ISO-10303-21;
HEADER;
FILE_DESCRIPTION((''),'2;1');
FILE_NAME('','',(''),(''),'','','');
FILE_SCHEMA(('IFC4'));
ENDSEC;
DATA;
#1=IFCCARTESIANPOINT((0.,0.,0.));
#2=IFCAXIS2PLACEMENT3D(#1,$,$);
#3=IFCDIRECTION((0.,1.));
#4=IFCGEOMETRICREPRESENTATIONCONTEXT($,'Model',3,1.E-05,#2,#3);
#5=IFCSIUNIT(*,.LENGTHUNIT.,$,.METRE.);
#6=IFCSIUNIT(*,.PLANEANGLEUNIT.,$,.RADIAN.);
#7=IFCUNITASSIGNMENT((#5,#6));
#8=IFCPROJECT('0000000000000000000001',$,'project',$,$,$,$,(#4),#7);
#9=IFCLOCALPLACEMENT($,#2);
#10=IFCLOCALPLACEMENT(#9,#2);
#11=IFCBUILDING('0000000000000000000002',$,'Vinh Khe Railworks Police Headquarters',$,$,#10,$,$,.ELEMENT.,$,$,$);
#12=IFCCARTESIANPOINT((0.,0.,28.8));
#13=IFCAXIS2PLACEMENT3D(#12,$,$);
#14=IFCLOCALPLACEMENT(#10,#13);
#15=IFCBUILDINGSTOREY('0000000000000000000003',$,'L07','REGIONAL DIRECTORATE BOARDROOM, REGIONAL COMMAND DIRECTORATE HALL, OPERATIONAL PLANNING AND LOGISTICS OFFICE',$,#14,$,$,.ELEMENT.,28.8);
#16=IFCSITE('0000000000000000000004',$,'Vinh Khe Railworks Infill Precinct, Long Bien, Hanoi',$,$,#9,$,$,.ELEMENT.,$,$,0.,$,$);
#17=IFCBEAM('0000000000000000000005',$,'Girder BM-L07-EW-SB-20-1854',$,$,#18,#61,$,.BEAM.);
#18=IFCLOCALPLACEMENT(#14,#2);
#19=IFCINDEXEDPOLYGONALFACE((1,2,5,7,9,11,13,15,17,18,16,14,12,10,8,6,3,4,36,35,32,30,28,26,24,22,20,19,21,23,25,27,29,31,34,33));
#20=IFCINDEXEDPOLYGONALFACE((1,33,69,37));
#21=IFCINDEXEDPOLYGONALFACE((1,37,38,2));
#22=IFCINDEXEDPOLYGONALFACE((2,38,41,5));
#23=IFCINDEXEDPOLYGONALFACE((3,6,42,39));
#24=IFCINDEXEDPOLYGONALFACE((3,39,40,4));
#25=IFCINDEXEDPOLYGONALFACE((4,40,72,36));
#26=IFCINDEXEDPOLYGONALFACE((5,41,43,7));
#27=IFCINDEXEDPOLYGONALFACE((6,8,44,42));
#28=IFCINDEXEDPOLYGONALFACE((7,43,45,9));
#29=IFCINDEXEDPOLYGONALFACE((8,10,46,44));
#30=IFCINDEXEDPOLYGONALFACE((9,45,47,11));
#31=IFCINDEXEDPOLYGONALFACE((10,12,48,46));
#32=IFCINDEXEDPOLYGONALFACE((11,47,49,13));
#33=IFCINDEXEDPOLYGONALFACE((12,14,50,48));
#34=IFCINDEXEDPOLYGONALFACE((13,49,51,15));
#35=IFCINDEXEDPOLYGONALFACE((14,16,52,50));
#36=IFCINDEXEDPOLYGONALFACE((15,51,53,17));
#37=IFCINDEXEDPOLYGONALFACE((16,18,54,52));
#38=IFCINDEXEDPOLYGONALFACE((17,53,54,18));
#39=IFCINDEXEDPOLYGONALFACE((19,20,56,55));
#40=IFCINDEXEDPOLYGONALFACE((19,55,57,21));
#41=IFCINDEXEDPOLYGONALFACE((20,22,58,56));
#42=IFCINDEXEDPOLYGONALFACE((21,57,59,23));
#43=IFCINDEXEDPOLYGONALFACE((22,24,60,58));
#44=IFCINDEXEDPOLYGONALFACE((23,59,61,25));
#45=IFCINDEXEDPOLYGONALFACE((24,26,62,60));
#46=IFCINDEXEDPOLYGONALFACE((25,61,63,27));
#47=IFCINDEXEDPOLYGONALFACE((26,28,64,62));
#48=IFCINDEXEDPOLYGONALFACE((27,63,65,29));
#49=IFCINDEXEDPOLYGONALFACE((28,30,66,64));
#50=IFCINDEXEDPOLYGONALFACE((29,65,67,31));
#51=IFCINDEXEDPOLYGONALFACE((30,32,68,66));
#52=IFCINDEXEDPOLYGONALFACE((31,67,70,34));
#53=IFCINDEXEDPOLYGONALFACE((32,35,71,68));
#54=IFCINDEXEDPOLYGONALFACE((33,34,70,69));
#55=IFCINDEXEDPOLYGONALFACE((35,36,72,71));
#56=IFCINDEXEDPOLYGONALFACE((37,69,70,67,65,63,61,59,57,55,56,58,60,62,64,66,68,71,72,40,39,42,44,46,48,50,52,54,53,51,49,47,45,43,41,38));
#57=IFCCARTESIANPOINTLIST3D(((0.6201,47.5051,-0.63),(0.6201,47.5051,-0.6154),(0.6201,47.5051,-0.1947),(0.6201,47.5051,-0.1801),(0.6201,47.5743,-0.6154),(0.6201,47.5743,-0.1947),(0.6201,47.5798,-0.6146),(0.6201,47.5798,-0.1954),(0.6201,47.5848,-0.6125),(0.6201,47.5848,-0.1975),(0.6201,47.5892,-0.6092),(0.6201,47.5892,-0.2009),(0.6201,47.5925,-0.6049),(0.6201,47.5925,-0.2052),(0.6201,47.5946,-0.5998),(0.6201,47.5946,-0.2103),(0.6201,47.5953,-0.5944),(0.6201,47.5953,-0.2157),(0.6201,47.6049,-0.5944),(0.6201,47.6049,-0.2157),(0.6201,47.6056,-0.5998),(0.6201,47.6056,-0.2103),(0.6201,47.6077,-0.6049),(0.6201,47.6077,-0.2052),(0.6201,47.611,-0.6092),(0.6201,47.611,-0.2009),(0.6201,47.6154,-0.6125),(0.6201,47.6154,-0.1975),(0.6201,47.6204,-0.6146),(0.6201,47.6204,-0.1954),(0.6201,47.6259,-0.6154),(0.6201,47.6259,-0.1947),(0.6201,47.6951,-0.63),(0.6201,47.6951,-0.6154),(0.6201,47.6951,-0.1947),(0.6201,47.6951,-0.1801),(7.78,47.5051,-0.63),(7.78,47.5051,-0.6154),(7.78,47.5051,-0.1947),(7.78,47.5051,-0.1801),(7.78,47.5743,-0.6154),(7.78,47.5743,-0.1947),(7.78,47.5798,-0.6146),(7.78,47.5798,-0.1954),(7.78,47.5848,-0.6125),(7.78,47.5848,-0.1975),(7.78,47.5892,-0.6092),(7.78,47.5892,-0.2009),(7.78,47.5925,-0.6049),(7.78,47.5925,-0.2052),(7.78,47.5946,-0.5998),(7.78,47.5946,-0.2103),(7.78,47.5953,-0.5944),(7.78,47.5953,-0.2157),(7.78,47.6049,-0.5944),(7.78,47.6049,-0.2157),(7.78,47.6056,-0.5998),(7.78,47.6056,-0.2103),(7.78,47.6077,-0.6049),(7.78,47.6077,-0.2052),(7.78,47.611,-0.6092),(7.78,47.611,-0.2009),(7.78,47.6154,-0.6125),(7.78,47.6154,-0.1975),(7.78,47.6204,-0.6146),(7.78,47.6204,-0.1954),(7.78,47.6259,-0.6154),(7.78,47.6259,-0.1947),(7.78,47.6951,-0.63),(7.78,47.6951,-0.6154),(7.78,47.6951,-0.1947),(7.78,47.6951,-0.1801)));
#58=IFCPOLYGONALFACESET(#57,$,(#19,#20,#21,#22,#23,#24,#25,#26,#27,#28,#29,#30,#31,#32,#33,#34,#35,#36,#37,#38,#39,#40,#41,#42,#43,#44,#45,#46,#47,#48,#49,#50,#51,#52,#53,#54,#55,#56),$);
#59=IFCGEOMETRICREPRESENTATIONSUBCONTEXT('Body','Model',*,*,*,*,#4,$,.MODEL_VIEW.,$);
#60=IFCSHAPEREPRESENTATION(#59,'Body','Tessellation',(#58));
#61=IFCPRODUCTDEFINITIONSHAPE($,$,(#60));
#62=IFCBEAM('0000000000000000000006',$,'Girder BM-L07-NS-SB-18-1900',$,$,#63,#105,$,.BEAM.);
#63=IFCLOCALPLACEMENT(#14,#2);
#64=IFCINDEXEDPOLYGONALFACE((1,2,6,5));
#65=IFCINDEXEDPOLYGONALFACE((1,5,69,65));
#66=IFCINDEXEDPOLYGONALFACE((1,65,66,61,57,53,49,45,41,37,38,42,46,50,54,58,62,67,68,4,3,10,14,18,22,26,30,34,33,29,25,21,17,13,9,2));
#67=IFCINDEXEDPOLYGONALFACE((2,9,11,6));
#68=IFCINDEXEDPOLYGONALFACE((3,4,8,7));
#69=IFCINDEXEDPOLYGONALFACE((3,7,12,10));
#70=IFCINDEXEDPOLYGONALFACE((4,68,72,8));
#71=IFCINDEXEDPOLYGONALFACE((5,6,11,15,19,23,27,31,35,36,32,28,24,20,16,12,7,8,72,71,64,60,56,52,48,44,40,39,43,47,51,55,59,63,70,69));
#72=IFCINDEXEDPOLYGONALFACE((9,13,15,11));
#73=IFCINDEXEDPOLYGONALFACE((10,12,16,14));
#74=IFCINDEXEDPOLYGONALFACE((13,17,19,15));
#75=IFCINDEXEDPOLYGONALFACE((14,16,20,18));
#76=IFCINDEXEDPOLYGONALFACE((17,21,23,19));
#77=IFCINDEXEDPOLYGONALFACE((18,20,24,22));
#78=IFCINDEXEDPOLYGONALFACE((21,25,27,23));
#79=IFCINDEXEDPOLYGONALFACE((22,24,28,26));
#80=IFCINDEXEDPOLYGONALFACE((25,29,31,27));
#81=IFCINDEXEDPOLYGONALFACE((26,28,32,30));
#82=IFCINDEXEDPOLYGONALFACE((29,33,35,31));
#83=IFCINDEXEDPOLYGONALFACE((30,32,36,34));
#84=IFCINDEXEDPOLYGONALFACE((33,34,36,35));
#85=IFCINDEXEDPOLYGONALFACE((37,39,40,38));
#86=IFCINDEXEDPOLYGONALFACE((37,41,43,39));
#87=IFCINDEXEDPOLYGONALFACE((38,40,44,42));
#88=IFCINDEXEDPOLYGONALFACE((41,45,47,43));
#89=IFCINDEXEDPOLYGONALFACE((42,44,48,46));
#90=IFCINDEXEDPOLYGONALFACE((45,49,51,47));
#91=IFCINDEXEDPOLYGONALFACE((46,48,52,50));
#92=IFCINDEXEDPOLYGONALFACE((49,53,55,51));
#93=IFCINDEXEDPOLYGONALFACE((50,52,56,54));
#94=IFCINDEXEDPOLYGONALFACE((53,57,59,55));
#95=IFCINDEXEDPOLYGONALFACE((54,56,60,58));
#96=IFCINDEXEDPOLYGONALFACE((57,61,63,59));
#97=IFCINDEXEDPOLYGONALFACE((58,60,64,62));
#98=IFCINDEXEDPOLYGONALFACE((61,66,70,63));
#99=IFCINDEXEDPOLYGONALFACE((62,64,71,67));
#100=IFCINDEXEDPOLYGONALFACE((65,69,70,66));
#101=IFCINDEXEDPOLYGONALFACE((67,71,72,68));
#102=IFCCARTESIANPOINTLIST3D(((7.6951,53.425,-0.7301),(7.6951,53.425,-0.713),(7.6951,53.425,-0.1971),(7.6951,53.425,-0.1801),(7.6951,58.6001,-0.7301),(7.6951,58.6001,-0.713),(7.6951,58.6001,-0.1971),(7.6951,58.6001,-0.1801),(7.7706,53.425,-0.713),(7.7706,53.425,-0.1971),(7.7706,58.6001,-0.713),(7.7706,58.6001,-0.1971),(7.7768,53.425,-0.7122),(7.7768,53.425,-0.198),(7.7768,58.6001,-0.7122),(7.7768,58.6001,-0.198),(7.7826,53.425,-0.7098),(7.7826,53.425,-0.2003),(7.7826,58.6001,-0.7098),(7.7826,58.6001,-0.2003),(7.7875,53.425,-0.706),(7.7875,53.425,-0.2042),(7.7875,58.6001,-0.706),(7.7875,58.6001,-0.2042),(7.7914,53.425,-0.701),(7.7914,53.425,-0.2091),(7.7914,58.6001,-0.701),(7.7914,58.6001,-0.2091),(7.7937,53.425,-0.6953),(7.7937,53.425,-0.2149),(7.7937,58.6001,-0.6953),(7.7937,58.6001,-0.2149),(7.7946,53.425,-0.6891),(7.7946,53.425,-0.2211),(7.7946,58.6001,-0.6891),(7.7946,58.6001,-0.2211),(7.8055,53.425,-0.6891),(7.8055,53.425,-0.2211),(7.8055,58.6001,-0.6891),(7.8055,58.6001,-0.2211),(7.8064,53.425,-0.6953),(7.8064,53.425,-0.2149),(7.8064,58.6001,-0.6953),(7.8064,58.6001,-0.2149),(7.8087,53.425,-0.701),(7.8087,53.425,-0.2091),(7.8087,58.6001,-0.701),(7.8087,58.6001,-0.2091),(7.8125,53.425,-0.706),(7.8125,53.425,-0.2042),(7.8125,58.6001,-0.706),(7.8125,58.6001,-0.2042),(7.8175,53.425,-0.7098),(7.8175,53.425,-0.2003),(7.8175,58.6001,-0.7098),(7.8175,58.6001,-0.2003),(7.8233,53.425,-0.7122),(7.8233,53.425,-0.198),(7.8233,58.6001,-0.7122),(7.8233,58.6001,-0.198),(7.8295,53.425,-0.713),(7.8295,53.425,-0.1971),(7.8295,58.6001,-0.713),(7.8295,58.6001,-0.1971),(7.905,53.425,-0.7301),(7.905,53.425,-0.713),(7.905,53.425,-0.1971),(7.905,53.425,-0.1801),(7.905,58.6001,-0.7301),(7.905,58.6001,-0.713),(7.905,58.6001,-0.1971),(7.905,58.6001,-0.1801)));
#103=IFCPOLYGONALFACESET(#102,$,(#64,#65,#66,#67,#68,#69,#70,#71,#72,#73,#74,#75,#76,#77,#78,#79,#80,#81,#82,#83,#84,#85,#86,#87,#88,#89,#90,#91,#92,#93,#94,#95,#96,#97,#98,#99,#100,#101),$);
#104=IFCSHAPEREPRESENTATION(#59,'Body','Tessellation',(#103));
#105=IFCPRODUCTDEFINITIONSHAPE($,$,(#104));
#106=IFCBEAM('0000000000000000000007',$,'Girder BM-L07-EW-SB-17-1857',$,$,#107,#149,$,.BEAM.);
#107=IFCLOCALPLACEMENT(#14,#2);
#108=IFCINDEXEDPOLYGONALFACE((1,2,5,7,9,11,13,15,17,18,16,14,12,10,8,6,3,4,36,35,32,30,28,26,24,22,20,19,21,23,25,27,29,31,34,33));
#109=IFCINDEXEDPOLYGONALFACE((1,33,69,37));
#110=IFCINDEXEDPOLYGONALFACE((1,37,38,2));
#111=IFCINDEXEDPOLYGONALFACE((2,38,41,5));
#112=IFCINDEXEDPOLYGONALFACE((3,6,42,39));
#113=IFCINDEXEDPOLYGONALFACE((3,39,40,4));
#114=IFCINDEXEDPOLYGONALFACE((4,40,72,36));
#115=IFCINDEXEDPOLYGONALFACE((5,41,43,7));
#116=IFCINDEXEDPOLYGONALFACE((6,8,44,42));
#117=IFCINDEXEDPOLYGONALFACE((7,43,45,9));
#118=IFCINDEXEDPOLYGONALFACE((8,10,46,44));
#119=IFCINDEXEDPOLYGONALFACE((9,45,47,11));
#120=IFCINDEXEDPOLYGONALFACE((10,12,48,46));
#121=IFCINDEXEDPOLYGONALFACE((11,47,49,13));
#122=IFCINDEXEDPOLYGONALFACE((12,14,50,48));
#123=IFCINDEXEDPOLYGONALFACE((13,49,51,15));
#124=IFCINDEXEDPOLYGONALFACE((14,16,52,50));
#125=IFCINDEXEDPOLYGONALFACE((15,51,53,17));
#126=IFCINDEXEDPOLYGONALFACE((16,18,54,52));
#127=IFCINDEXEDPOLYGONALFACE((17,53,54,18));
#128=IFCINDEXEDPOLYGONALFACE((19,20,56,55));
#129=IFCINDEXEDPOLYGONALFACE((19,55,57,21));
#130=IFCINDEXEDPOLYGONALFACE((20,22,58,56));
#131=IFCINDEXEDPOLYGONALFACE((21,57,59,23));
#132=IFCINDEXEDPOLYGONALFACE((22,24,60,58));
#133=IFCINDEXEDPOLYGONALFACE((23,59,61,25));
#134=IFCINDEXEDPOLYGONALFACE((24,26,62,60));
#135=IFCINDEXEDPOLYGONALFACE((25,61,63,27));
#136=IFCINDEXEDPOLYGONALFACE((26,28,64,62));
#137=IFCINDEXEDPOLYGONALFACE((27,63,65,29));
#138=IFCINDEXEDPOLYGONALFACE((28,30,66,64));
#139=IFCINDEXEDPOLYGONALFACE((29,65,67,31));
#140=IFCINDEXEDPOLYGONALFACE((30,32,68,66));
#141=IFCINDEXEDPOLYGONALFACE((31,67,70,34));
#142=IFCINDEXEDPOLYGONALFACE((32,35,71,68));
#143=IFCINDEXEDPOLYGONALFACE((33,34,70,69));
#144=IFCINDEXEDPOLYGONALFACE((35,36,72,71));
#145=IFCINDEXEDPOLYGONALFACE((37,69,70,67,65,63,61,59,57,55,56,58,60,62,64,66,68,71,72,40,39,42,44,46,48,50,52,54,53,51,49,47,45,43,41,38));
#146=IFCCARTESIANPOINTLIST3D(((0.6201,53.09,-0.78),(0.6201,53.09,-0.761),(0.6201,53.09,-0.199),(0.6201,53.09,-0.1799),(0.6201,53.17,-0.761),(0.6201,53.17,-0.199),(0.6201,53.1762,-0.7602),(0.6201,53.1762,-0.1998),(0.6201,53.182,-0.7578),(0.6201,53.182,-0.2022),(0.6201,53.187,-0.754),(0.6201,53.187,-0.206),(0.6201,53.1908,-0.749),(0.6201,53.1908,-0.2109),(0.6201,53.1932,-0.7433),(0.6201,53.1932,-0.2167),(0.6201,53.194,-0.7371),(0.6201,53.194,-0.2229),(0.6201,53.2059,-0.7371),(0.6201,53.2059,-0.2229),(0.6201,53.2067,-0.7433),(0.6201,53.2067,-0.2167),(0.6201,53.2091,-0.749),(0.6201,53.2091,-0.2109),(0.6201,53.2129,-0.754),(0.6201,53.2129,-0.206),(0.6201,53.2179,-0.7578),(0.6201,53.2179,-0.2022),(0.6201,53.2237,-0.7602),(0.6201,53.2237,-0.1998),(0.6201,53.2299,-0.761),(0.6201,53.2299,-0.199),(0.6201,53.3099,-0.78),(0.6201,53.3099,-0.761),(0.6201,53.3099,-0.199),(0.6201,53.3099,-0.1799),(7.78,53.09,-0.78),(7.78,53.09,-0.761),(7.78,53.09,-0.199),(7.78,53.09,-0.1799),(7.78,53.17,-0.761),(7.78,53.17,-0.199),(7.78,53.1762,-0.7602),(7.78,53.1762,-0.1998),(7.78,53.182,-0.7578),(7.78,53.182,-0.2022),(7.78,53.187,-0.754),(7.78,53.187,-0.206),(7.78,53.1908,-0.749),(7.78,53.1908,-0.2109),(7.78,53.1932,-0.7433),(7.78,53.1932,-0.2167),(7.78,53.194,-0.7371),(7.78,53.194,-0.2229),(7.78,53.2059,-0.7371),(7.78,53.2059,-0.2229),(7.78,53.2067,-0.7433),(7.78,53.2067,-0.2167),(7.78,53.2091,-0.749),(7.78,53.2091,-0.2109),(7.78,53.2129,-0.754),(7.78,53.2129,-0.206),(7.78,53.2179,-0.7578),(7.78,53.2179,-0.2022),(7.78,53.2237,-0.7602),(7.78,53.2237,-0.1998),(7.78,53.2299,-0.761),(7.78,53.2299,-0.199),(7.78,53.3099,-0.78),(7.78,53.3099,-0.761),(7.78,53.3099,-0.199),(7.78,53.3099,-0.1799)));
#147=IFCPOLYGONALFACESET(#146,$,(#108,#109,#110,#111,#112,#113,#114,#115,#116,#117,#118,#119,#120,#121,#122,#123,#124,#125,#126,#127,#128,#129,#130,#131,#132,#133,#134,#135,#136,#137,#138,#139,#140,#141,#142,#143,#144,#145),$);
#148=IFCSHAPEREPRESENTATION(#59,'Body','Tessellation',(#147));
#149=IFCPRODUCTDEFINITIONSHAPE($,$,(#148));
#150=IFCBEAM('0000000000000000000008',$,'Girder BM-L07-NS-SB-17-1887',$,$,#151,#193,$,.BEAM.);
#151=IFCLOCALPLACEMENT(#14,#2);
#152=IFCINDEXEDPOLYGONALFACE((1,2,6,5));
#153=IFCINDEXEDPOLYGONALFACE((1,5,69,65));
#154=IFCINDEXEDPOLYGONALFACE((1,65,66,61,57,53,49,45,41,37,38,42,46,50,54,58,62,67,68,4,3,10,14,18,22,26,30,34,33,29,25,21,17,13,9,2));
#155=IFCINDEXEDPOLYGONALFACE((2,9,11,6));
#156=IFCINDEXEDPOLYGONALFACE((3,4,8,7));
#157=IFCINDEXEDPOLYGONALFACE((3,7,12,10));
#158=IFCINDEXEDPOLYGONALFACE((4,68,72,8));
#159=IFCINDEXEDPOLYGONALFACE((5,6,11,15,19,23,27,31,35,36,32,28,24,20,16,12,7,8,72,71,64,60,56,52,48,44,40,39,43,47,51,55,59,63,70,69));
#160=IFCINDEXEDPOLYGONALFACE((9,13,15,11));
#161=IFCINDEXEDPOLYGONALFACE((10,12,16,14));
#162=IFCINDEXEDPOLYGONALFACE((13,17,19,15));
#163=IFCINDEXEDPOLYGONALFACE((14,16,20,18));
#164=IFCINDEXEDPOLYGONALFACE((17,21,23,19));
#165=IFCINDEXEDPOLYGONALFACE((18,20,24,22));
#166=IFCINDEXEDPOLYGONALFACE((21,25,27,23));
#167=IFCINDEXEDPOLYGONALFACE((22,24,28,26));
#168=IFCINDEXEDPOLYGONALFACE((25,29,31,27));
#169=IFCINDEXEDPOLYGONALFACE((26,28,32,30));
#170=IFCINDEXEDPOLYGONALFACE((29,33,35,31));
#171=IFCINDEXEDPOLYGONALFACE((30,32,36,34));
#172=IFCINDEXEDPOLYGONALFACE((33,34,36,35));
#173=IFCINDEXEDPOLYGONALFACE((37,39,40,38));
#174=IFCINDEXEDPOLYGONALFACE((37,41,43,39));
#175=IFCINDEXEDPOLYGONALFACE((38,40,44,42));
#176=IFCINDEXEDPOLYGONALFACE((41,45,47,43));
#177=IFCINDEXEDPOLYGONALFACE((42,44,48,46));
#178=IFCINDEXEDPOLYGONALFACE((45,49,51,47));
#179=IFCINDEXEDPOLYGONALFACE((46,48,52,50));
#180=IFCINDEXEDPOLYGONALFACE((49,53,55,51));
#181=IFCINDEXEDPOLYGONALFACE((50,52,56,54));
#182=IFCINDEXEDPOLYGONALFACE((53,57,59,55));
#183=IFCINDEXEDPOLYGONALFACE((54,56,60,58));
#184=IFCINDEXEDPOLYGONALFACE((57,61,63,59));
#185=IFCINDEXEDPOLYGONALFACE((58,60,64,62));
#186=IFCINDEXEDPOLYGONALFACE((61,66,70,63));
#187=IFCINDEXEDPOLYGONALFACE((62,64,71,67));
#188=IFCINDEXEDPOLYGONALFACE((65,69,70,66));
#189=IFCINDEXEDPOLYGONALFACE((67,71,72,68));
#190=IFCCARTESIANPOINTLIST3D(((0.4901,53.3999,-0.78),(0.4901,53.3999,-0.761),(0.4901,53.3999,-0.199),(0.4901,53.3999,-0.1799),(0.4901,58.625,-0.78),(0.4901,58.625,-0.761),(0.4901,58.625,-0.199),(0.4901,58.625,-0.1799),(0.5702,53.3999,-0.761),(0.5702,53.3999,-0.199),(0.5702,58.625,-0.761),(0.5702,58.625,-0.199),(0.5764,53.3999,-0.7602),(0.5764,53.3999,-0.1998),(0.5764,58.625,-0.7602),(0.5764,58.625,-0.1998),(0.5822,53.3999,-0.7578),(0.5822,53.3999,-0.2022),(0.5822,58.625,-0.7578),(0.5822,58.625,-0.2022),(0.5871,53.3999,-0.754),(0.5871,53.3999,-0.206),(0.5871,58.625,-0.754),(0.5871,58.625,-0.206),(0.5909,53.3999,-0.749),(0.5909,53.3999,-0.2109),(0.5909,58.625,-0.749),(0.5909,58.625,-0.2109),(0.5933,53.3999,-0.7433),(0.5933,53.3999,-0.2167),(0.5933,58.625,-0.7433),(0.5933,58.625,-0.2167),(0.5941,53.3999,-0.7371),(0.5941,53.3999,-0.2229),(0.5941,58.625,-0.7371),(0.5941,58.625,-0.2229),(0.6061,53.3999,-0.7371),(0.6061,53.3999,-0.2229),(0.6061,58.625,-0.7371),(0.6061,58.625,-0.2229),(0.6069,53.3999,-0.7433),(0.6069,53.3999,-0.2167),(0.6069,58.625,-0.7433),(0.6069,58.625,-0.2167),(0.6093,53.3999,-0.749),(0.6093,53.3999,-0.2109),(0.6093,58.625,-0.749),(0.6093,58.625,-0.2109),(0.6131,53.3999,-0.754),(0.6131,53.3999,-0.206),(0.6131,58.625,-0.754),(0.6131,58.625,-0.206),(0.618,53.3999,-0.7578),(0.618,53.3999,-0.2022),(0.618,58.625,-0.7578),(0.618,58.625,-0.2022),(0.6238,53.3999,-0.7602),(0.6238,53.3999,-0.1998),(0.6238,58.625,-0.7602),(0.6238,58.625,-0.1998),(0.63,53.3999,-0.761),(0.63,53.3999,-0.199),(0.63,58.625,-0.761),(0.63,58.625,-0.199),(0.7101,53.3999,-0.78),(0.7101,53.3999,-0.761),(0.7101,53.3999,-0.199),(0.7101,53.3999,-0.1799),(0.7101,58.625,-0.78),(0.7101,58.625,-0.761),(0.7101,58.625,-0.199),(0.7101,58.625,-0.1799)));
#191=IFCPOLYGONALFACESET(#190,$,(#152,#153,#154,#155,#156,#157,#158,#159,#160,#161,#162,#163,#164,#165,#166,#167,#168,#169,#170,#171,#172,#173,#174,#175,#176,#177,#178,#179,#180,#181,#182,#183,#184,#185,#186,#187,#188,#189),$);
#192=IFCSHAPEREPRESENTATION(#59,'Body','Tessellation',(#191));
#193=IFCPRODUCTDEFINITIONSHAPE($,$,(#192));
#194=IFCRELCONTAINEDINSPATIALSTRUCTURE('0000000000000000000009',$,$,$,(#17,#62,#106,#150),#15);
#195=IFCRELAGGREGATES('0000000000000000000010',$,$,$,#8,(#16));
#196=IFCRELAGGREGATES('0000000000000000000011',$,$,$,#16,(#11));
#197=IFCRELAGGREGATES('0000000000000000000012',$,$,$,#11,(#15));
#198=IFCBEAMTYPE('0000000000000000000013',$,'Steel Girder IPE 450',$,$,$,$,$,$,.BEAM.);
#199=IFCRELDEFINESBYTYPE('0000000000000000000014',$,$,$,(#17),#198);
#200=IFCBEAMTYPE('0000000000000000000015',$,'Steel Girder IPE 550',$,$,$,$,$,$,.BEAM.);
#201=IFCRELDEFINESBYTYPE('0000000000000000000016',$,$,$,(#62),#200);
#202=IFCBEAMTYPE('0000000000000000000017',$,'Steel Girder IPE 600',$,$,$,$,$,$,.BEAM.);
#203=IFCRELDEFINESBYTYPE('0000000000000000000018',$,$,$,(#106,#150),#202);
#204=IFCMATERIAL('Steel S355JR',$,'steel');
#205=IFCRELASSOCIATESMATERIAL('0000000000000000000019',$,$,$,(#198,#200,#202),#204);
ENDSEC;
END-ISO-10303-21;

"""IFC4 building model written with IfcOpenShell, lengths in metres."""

from ifc_helpers import new_model, si_unit, direction, frame, origin, origin_2d, place, context, subcontext, project, spatial, i_section, extrude, material, material_profile, profile_set, type_object, element, save


model = new_model("IFC4")

# Units and contexts
model_context = context("Model", 3, precision=1e-05, world=origin(), true_north=direction((0.0, 1.0)))
body_context = subcontext(model_context, "Body", "Model", "MODEL_VIEW")
ifc_project = project(units=[si_unit("LENGTHUNIT", "METRE"), si_unit("PLANEANGLEUNIT", "RADIAN")], contexts=[model_context])

# Site, building, storey
site_placement = place(None, origin())
site = spatial("IfcSite", under=ifc_project, at=site_placement, Name="Vinh Khe Railworks Infill Precinct, Long Bien, Hanoi", CompositionType="ELEMENT", RefElevation=0.0)
building_placement = place(site_placement, origin())
building = spatial("IfcBuilding", under=site, at=building_placement, Name="Vinh Khe Railworks Police Headquarters", CompositionType="ELEMENT")
storey_placement = place(building_placement, frame((0.0, 0.0, 28.8)))
storey = spatial("IfcBuildingStorey", under=building, at=storey_placement, Name="L07", Description="REGIONAL DIRECTORATE BOARDROOM, REGIONAL COMMAND DIRECTORATE HALL, OPERATIONAL PLANNING AND LOGISTICS OFFICE", CompositionType="ELEMENT", Elevation=28.8)

# Shared definitions
ifc_material_1 = material(Name="Steel S355JR", Category="steel")

# Beams
ifc_material_profile_1 = material_profile(ifc_material_1, i_section(OverallWidth=0.1899, OverallDepth=0.45, WebThickness=0.0095, FlangeThickness=0.0146, FilletRadius=0.021, at=origin_2d()), Name="IPE 450")
ifc_profile_set_1 = profile_set([ifc_material_profile_1], Name="Steel S355JR")
beam_type_1 = type_object("IfcBeamType", Name="Steel Girder IPE 450", PredefinedType="BEAM", material=ifc_profile_set_1)
beam_1_placement = place(storey_placement, frame((0.6201, 47.6001, -0.405), z_axis=(1.0, 0.0, 0.0), x_axis=(0.0, 1.0, 0.0)))
element("IfcBeam", 1, at=beam_1_placement, inside=storey, type_object=beam_type_1, Name="Girder BM-L07-EW-SB-20-1854", PredefinedType="BEAM", context=body_context, shape_type="SweptSolid", body=[
    extrude(i_section(OverallWidth=0.1899, OverallDepth=0.45, WebThickness=0.0095, FlangeThickness=0.0146, FilletRadius=0.021, at=origin_2d()), origin(), (0.0, 0.0, 1.0), 7.1599),
])
ifc_material_profile_2 = material_profile(ifc_material_1, i_section(OverallWidth=0.21, OverallDepth=0.55, WebThickness=0.011, FlangeThickness=0.0171, FilletRadius=0.0239, at=origin_2d()), Name="IPE 550")
ifc_profile_set_2 = profile_set([ifc_material_profile_2], Name="Steel S355JR")
beam_type_2 = type_object("IfcBeamType", Name="Steel Girder IPE 550", PredefinedType="BEAM", material=ifc_profile_set_2)
beam_2_placement = place(storey_placement, frame((7.8, 53.425, -0.4551), z_axis=(0.0, 1.0, 0.0), x_axis=(-1.0, 0.0, 0.0)))
element("IfcBeam", 2, at=beam_2_placement, inside=storey, type_object=beam_type_2, Name="Girder BM-L07-NS-SB-18-1900", PredefinedType="BEAM", context=body_context, shape_type="SweptSolid", body=[
    extrude(i_section(OverallWidth=0.21, OverallDepth=0.55, WebThickness=0.011, FlangeThickness=0.0171, FilletRadius=0.0239, at=origin_2d()), origin(), (0.0, 0.0, 1.0), 5.175),
])
ifc_material_profile_3 = material_profile(ifc_material_1, i_section(OverallWidth=0.22, OverallDepth=0.6001, WebThickness=0.012, FlangeThickness=0.019, FilletRadius=0.0239, at=origin_2d()), Name="IPE 600")
ifc_profile_set_3 = profile_set([ifc_material_profile_3], Name="Steel S355JR")
beam_type_3 = type_object("IfcBeamType", Name="Steel Girder IPE 600", PredefinedType="BEAM", material=ifc_profile_set_3)
beam_3_placement = place(storey_placement, frame((0.6201, 53.2, -0.48), z_axis=(1.0, 0.0, 0.0), x_axis=(0.0, 1.0, 0.0)))
element("IfcBeam", 3, at=beam_3_placement, inside=storey, type_object=beam_type_3, Name="Girder BM-L07-EW-SB-17-1857", PredefinedType="BEAM", context=body_context, shape_type="SweptSolid", body=[
    extrude(i_section(OverallWidth=0.22, OverallDepth=0.6001, WebThickness=0.012, FlangeThickness=0.019, FilletRadius=0.0239, at=origin_2d()), origin(), (0.0, 0.0, 1.0), 7.1599),
])
beam_4_placement = place(storey_placement, frame((0.6001, 53.3999, -0.48), z_axis=(0.0, 1.0, 0.0), x_axis=(-1.0, 0.0, 0.0)))
element("IfcBeam", 4, at=beam_4_placement, inside=storey, type_object=beam_type_3, Name="Girder BM-L07-NS-SB-17-1887", PredefinedType="BEAM", context=body_context, shape_type="SweptSolid", body=[
    extrude(i_section(OverallWidth=0.22, OverallDepth=0.6001, WebThickness=0.012, FlangeThickness=0.019, FilletRadius=0.0239, at=origin_2d()), origin(), (0.0, 0.0, 1.0), 5.2251),
])

save(model, "model.ifc")
